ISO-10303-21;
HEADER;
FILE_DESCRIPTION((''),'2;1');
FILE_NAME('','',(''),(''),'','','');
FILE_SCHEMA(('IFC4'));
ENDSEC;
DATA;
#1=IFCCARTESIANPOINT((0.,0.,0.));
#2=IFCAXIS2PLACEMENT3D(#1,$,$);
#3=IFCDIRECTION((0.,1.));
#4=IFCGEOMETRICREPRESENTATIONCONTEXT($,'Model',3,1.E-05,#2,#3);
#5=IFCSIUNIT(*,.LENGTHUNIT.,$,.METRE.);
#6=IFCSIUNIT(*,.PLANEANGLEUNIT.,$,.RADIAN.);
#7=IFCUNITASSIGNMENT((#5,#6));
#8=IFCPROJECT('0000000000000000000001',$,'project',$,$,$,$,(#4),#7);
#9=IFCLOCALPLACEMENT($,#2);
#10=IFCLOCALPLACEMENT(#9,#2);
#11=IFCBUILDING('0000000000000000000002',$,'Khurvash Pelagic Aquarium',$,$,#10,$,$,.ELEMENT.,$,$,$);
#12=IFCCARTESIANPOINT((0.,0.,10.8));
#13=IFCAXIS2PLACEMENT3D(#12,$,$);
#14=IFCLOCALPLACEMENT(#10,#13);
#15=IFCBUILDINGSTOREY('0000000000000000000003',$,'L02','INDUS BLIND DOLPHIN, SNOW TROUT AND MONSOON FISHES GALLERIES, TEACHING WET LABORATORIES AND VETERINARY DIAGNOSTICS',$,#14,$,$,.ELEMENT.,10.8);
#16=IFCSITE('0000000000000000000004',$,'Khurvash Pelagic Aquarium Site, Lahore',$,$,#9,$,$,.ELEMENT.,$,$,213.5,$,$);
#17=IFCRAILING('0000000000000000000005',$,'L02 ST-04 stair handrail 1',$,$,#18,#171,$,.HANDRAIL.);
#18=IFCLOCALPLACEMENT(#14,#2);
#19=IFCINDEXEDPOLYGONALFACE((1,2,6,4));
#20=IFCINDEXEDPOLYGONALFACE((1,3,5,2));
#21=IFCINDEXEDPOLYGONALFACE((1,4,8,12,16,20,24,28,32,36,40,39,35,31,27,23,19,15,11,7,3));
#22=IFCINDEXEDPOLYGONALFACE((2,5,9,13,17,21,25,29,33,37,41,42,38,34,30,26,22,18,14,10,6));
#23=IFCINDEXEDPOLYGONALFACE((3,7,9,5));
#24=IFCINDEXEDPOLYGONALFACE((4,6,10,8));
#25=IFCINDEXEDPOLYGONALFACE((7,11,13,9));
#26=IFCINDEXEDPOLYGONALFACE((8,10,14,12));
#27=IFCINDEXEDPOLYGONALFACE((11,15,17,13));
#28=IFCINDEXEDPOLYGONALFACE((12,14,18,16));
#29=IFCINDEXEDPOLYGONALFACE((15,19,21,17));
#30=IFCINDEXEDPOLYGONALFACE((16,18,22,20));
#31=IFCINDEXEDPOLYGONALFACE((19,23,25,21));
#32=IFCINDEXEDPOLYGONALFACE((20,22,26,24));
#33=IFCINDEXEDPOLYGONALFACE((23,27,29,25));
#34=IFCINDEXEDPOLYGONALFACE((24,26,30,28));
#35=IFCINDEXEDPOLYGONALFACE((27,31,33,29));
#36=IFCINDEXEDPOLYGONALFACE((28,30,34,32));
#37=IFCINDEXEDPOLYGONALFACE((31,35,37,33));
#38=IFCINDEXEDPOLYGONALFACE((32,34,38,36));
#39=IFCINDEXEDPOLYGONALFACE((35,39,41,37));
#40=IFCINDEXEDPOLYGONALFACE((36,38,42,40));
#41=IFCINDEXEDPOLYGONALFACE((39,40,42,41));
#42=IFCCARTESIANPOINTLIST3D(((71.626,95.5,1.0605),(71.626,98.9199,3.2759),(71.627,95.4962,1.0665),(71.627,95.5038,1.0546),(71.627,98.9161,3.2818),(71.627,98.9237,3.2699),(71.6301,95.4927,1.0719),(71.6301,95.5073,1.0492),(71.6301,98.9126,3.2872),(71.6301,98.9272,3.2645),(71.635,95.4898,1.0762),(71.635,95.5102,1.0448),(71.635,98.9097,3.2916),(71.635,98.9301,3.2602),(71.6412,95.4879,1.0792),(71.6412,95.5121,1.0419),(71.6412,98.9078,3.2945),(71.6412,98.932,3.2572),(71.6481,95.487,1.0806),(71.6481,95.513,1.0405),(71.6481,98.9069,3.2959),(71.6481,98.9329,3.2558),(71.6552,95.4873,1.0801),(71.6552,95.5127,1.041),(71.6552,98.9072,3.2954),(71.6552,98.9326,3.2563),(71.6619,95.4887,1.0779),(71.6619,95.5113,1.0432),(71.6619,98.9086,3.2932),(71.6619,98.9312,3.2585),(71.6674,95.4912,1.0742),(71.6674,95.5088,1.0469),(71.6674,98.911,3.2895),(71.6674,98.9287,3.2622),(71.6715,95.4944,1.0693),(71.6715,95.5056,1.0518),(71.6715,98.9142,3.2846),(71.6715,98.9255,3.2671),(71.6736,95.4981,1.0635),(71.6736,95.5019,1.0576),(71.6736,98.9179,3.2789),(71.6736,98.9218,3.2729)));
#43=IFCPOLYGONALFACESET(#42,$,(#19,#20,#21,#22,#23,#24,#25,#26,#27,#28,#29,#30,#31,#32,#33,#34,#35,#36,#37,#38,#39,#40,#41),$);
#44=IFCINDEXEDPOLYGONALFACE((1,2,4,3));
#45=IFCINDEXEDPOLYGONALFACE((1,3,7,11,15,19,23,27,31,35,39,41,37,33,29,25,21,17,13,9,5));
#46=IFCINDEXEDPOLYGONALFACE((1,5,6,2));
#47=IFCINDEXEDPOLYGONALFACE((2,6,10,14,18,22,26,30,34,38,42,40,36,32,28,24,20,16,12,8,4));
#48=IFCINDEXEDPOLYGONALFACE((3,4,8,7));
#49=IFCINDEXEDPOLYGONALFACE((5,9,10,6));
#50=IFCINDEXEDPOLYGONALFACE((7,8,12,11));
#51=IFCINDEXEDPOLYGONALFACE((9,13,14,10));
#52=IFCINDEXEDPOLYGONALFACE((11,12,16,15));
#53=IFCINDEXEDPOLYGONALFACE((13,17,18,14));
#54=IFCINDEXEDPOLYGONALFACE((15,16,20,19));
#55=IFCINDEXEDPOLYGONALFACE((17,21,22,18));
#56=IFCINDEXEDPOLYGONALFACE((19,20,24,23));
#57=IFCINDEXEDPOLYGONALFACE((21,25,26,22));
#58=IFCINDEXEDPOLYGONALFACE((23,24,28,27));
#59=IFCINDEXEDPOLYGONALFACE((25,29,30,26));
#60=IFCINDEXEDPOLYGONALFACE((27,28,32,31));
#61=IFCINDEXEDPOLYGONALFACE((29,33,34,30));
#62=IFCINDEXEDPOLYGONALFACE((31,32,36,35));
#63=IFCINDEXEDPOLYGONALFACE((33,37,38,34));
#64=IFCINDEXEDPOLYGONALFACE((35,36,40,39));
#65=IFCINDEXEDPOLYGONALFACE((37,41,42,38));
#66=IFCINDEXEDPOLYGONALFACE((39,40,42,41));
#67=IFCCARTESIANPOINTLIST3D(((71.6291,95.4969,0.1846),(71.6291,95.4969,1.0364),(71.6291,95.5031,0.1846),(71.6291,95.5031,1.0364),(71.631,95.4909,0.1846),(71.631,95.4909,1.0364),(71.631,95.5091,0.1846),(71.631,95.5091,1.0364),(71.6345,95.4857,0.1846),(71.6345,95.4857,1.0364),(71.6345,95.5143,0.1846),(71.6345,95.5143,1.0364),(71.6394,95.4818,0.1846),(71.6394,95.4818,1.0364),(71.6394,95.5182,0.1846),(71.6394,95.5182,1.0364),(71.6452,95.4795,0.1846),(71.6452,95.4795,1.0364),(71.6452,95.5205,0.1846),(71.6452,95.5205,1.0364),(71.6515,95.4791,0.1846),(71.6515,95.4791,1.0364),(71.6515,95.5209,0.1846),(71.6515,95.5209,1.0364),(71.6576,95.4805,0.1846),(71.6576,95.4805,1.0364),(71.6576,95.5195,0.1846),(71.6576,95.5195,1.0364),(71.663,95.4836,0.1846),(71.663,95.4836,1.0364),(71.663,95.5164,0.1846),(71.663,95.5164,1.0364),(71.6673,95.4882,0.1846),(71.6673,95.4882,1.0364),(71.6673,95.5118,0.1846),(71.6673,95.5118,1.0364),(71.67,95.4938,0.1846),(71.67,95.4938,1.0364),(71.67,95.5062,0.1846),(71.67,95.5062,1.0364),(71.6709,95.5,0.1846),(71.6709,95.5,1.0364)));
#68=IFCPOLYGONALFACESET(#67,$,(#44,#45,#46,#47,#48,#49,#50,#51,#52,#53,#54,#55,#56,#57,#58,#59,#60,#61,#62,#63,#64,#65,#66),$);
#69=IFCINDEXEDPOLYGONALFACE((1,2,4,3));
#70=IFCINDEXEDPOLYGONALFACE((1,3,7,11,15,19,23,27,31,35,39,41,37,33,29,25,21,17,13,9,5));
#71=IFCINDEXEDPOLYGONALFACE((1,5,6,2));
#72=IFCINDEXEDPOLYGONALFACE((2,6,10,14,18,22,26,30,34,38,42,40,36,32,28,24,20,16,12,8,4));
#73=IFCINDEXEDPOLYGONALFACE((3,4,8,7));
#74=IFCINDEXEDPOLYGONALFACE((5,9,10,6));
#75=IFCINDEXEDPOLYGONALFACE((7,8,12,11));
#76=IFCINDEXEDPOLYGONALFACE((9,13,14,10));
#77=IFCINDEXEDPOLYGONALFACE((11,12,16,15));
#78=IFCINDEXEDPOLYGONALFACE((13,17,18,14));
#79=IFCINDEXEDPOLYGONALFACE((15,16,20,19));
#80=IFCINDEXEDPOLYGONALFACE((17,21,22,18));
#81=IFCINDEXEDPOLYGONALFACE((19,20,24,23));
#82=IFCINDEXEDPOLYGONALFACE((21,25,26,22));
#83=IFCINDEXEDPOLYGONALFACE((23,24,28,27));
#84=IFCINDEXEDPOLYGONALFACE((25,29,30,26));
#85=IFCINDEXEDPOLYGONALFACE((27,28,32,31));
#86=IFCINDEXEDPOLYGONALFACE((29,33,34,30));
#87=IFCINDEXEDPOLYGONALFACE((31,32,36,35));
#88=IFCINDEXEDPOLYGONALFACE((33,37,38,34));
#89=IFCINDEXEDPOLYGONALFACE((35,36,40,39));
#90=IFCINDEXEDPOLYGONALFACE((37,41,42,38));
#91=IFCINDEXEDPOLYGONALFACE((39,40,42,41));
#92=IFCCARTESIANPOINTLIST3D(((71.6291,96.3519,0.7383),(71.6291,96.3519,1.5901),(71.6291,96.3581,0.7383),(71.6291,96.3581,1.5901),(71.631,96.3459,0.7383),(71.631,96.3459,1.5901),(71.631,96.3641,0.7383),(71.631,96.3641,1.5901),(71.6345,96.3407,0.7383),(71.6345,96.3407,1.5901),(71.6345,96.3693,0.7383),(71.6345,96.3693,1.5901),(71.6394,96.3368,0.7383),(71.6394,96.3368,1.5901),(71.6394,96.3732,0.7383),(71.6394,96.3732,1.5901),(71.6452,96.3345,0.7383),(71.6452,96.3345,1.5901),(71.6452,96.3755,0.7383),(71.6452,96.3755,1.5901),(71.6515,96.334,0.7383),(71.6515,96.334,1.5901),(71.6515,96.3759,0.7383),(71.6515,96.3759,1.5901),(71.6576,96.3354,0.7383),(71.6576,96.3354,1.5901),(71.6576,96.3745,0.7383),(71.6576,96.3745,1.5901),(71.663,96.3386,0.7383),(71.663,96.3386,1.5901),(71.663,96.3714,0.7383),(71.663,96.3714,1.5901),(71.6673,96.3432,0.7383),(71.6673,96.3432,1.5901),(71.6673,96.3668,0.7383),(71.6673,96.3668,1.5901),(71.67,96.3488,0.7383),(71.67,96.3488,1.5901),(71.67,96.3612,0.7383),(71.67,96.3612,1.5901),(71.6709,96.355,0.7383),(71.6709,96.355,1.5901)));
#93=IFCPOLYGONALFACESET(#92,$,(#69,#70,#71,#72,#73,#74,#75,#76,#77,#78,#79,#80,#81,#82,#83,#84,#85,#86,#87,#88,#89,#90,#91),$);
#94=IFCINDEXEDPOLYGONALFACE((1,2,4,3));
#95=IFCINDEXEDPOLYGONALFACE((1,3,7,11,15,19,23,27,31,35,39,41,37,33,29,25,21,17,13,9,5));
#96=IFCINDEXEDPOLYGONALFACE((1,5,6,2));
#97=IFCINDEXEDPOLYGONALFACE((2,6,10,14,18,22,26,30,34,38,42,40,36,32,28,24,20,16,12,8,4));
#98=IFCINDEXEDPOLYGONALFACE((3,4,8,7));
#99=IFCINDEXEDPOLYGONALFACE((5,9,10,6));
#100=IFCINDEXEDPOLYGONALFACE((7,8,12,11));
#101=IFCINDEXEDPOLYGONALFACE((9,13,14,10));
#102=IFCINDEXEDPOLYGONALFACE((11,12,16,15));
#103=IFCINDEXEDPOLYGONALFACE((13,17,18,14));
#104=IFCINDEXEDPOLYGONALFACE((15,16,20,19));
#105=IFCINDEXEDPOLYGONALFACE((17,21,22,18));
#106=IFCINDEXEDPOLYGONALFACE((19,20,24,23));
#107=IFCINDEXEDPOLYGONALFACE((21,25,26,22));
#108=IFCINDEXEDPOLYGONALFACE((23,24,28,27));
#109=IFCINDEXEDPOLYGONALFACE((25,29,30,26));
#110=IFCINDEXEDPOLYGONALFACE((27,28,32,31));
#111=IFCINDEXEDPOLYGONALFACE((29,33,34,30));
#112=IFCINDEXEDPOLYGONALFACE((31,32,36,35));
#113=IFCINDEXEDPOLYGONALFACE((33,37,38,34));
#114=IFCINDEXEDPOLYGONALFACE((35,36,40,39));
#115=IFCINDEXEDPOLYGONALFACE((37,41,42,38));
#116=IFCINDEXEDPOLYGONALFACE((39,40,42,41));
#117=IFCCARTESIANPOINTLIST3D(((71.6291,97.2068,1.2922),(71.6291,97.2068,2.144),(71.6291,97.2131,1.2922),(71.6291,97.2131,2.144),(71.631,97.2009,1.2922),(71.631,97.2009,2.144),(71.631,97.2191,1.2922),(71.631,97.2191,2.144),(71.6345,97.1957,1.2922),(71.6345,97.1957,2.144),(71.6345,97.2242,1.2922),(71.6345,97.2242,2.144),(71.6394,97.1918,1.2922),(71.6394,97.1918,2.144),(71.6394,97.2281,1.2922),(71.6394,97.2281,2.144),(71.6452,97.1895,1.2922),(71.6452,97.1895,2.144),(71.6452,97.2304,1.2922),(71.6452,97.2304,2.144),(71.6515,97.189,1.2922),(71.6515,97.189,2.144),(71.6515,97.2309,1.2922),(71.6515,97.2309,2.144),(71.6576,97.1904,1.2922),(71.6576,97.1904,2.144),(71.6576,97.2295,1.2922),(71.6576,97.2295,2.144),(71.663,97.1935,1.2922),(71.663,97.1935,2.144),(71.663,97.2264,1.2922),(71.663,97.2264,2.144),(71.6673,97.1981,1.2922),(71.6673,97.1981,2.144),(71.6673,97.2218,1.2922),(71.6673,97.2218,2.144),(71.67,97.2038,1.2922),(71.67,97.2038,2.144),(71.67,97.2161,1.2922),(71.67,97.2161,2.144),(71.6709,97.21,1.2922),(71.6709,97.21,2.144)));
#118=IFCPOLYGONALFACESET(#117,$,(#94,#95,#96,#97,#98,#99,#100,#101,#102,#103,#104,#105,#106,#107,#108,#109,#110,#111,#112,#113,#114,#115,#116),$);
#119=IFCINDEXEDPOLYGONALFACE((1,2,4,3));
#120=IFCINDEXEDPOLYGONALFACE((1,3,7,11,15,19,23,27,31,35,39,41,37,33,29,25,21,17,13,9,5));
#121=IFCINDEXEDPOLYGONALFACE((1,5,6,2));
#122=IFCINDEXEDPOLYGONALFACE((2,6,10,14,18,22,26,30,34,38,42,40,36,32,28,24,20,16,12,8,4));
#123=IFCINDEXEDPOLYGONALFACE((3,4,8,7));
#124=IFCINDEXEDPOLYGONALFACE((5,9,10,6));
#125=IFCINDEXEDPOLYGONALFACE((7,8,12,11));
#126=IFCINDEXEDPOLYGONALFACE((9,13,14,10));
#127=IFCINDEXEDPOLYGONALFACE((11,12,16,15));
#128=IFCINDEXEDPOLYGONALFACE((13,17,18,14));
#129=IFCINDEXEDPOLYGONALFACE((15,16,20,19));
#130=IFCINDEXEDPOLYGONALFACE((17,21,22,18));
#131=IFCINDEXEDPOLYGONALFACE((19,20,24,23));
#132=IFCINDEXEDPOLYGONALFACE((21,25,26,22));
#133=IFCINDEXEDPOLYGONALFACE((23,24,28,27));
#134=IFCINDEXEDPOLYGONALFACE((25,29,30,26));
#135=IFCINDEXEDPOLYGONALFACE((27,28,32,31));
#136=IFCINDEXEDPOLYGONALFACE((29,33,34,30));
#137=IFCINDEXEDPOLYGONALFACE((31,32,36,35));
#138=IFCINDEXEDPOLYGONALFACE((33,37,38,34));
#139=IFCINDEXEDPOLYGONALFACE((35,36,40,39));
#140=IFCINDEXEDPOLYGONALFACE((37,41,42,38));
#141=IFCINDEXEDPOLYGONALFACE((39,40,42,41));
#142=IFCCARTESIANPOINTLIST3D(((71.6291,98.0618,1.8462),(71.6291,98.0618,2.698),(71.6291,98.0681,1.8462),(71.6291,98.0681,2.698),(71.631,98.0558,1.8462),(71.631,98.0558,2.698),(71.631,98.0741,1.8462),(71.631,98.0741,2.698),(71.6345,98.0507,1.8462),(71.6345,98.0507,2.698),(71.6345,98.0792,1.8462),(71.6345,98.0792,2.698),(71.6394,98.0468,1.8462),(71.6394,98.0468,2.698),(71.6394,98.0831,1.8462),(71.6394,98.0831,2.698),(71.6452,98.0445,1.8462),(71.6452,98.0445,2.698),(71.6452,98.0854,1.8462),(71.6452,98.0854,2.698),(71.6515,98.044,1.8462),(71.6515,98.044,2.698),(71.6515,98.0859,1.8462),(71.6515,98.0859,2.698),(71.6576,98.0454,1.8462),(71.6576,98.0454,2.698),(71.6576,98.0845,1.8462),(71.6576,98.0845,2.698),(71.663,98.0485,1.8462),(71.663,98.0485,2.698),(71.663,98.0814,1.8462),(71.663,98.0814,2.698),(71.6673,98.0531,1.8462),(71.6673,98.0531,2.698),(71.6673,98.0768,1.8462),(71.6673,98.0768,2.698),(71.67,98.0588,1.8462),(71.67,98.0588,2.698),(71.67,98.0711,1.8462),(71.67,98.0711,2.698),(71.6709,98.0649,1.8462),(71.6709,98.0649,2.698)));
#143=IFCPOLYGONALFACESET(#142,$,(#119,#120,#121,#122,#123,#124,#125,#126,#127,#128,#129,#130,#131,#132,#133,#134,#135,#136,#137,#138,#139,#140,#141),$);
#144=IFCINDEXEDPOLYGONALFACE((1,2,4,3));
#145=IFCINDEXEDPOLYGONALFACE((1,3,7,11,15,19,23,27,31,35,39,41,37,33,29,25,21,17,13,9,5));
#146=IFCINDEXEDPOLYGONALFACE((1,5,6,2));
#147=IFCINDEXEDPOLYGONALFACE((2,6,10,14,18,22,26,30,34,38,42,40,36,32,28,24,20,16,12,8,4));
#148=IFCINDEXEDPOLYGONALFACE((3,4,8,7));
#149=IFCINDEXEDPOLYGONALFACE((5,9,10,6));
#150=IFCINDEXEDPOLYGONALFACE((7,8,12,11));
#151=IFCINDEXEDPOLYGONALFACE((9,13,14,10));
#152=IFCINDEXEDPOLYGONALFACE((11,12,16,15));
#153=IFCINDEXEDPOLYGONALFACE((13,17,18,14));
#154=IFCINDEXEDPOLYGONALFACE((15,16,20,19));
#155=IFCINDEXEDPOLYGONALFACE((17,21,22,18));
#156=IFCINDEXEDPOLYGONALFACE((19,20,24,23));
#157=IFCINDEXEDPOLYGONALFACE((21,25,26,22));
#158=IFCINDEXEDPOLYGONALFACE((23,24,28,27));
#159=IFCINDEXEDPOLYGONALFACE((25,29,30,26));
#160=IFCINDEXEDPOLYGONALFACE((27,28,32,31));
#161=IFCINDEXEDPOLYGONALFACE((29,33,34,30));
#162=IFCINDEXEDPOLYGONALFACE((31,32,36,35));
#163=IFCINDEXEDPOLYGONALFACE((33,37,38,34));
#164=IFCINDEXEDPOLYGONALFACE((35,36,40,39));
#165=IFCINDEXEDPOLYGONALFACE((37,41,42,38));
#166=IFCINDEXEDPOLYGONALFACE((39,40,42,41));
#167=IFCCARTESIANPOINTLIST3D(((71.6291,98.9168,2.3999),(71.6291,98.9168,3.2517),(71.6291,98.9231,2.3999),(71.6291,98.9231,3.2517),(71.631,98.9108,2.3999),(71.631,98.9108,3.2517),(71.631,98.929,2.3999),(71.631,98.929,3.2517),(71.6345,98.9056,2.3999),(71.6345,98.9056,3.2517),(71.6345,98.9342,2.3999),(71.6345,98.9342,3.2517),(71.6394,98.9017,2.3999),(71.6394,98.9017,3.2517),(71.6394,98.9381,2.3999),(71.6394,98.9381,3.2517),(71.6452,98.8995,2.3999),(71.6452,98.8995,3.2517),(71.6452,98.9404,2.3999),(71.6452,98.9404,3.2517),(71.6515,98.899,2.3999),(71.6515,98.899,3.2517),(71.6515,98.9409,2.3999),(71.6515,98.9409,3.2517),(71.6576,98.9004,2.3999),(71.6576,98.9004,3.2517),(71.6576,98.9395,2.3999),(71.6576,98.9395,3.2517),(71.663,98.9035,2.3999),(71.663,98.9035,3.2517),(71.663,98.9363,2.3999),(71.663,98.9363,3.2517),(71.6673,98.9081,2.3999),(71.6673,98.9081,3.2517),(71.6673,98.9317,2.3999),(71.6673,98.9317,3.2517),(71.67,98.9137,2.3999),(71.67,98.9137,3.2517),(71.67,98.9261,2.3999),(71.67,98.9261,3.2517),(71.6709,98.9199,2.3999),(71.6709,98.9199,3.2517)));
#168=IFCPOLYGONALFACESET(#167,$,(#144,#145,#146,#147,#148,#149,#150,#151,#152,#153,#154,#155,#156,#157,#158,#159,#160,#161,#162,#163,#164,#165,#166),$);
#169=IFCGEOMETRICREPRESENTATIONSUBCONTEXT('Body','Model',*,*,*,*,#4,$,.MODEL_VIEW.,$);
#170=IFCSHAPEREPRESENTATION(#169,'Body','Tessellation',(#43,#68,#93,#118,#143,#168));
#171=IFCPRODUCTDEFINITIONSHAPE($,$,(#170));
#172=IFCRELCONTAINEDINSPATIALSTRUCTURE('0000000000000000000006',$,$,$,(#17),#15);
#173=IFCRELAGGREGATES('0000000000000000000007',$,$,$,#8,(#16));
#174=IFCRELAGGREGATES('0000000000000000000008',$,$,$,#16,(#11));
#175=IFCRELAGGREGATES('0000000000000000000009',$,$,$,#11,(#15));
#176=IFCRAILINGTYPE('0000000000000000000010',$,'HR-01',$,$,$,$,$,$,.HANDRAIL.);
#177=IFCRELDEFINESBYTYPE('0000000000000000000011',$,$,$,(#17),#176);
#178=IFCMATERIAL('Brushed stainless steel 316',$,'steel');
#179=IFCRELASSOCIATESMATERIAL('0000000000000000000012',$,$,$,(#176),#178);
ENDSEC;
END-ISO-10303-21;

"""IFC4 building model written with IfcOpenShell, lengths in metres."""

from ifc_helpers import new_model, si_unit, direction, frame, origin, origin_2d, place, context, subcontext, project, spatial, circle, extrude, material, type_object, element, save


model = new_model("IFC4")

# Units and contexts
model_context = context("Model", 3, precision=1e-05, world=origin(), true_north=direction((0.0, 1.0)))
body_context = subcontext(model_context, "Body", "Model", "MODEL_VIEW")
ifc_project = project(units=[si_unit("LENGTHUNIT", "METRE"), si_unit("PLANEANGLEUNIT", "RADIAN")], contexts=[model_context])

# Site, building, storey
site_placement = place(None, origin())
site = spatial("IfcSite", under=ifc_project, at=site_placement, Name="Khurvash Pelagic Aquarium Site, Lahore", CompositionType="ELEMENT", RefElevation=213.5)
building_placement = place(site_placement, origin())
building = spatial("IfcBuilding", under=site, at=building_placement, Name="Khurvash Pelagic Aquarium", CompositionType="ELEMENT")
storey_placement = place(building_placement, frame((0.0, 0.0, 10.8)))
storey = spatial("IfcBuildingStorey", under=building, at=storey_placement, Name="L02", Description="INDUS BLIND DOLPHIN, SNOW TROUT AND MONSOON FISHES GALLERIES, TEACHING WET LABORATORIES AND VETERINARY DIAGNOSTICS", CompositionType="ELEMENT", Elevation=10.8)

# Railing
ifc_material_1 = material(Name="Brushed stainless steel 316", Category="steel")
railing_type_1 = type_object("IfcRailingType", Name="HR-01", PredefinedType="HANDRAIL", material=ifc_material_1)
railing_1_placement = place(storey_placement, frame((71.6499, 95.5, 0.1846)))
element("IfcRailing", 1, at=railing_1_placement, inside=storey, type_object=railing_type_1, Name="L02 ST-04 stair handrail 1", PredefinedType="HANDRAIL", context=body_context, shape_type="SweptSolid", body=[
    extrude(circle(Radius=0.0239, at=origin_2d()), frame((0.0, 0.0, 0.876), z_axis=(0.0, 0.839297, 0.543674), x_axis=(-1.0, 0.0, 0.0)), (0.0, 0.0, 1.0), 4.0747),
    extrude(circle(Radius=0.021, at=origin_2d()), origin(), (0.0, 0.0, 1.0), 0.8518),
    extrude(circle(Radius=0.021, at=origin_2d()), frame((0.0, 0.855, 0.5537)), (0.0, 0.0, 1.0), 0.8518),
    extrude(circle(Radius=0.021, at=origin_2d()), frame((0.0, 1.71, 1.1077)), (0.0, 0.0, 1.0), 0.8518),
    extrude(circle(Radius=0.021, at=origin_2d()), frame((0.0, 2.5649, 1.6616)), (0.0, 0.0, 1.0), 0.8518),
    extrude(circle(Radius=0.021, at=origin_2d()), frame((0.0, 3.4199, 2.2153)), (0.0, 0.0, 1.0), 0.8518),
])

save(model, "model.ifc")
